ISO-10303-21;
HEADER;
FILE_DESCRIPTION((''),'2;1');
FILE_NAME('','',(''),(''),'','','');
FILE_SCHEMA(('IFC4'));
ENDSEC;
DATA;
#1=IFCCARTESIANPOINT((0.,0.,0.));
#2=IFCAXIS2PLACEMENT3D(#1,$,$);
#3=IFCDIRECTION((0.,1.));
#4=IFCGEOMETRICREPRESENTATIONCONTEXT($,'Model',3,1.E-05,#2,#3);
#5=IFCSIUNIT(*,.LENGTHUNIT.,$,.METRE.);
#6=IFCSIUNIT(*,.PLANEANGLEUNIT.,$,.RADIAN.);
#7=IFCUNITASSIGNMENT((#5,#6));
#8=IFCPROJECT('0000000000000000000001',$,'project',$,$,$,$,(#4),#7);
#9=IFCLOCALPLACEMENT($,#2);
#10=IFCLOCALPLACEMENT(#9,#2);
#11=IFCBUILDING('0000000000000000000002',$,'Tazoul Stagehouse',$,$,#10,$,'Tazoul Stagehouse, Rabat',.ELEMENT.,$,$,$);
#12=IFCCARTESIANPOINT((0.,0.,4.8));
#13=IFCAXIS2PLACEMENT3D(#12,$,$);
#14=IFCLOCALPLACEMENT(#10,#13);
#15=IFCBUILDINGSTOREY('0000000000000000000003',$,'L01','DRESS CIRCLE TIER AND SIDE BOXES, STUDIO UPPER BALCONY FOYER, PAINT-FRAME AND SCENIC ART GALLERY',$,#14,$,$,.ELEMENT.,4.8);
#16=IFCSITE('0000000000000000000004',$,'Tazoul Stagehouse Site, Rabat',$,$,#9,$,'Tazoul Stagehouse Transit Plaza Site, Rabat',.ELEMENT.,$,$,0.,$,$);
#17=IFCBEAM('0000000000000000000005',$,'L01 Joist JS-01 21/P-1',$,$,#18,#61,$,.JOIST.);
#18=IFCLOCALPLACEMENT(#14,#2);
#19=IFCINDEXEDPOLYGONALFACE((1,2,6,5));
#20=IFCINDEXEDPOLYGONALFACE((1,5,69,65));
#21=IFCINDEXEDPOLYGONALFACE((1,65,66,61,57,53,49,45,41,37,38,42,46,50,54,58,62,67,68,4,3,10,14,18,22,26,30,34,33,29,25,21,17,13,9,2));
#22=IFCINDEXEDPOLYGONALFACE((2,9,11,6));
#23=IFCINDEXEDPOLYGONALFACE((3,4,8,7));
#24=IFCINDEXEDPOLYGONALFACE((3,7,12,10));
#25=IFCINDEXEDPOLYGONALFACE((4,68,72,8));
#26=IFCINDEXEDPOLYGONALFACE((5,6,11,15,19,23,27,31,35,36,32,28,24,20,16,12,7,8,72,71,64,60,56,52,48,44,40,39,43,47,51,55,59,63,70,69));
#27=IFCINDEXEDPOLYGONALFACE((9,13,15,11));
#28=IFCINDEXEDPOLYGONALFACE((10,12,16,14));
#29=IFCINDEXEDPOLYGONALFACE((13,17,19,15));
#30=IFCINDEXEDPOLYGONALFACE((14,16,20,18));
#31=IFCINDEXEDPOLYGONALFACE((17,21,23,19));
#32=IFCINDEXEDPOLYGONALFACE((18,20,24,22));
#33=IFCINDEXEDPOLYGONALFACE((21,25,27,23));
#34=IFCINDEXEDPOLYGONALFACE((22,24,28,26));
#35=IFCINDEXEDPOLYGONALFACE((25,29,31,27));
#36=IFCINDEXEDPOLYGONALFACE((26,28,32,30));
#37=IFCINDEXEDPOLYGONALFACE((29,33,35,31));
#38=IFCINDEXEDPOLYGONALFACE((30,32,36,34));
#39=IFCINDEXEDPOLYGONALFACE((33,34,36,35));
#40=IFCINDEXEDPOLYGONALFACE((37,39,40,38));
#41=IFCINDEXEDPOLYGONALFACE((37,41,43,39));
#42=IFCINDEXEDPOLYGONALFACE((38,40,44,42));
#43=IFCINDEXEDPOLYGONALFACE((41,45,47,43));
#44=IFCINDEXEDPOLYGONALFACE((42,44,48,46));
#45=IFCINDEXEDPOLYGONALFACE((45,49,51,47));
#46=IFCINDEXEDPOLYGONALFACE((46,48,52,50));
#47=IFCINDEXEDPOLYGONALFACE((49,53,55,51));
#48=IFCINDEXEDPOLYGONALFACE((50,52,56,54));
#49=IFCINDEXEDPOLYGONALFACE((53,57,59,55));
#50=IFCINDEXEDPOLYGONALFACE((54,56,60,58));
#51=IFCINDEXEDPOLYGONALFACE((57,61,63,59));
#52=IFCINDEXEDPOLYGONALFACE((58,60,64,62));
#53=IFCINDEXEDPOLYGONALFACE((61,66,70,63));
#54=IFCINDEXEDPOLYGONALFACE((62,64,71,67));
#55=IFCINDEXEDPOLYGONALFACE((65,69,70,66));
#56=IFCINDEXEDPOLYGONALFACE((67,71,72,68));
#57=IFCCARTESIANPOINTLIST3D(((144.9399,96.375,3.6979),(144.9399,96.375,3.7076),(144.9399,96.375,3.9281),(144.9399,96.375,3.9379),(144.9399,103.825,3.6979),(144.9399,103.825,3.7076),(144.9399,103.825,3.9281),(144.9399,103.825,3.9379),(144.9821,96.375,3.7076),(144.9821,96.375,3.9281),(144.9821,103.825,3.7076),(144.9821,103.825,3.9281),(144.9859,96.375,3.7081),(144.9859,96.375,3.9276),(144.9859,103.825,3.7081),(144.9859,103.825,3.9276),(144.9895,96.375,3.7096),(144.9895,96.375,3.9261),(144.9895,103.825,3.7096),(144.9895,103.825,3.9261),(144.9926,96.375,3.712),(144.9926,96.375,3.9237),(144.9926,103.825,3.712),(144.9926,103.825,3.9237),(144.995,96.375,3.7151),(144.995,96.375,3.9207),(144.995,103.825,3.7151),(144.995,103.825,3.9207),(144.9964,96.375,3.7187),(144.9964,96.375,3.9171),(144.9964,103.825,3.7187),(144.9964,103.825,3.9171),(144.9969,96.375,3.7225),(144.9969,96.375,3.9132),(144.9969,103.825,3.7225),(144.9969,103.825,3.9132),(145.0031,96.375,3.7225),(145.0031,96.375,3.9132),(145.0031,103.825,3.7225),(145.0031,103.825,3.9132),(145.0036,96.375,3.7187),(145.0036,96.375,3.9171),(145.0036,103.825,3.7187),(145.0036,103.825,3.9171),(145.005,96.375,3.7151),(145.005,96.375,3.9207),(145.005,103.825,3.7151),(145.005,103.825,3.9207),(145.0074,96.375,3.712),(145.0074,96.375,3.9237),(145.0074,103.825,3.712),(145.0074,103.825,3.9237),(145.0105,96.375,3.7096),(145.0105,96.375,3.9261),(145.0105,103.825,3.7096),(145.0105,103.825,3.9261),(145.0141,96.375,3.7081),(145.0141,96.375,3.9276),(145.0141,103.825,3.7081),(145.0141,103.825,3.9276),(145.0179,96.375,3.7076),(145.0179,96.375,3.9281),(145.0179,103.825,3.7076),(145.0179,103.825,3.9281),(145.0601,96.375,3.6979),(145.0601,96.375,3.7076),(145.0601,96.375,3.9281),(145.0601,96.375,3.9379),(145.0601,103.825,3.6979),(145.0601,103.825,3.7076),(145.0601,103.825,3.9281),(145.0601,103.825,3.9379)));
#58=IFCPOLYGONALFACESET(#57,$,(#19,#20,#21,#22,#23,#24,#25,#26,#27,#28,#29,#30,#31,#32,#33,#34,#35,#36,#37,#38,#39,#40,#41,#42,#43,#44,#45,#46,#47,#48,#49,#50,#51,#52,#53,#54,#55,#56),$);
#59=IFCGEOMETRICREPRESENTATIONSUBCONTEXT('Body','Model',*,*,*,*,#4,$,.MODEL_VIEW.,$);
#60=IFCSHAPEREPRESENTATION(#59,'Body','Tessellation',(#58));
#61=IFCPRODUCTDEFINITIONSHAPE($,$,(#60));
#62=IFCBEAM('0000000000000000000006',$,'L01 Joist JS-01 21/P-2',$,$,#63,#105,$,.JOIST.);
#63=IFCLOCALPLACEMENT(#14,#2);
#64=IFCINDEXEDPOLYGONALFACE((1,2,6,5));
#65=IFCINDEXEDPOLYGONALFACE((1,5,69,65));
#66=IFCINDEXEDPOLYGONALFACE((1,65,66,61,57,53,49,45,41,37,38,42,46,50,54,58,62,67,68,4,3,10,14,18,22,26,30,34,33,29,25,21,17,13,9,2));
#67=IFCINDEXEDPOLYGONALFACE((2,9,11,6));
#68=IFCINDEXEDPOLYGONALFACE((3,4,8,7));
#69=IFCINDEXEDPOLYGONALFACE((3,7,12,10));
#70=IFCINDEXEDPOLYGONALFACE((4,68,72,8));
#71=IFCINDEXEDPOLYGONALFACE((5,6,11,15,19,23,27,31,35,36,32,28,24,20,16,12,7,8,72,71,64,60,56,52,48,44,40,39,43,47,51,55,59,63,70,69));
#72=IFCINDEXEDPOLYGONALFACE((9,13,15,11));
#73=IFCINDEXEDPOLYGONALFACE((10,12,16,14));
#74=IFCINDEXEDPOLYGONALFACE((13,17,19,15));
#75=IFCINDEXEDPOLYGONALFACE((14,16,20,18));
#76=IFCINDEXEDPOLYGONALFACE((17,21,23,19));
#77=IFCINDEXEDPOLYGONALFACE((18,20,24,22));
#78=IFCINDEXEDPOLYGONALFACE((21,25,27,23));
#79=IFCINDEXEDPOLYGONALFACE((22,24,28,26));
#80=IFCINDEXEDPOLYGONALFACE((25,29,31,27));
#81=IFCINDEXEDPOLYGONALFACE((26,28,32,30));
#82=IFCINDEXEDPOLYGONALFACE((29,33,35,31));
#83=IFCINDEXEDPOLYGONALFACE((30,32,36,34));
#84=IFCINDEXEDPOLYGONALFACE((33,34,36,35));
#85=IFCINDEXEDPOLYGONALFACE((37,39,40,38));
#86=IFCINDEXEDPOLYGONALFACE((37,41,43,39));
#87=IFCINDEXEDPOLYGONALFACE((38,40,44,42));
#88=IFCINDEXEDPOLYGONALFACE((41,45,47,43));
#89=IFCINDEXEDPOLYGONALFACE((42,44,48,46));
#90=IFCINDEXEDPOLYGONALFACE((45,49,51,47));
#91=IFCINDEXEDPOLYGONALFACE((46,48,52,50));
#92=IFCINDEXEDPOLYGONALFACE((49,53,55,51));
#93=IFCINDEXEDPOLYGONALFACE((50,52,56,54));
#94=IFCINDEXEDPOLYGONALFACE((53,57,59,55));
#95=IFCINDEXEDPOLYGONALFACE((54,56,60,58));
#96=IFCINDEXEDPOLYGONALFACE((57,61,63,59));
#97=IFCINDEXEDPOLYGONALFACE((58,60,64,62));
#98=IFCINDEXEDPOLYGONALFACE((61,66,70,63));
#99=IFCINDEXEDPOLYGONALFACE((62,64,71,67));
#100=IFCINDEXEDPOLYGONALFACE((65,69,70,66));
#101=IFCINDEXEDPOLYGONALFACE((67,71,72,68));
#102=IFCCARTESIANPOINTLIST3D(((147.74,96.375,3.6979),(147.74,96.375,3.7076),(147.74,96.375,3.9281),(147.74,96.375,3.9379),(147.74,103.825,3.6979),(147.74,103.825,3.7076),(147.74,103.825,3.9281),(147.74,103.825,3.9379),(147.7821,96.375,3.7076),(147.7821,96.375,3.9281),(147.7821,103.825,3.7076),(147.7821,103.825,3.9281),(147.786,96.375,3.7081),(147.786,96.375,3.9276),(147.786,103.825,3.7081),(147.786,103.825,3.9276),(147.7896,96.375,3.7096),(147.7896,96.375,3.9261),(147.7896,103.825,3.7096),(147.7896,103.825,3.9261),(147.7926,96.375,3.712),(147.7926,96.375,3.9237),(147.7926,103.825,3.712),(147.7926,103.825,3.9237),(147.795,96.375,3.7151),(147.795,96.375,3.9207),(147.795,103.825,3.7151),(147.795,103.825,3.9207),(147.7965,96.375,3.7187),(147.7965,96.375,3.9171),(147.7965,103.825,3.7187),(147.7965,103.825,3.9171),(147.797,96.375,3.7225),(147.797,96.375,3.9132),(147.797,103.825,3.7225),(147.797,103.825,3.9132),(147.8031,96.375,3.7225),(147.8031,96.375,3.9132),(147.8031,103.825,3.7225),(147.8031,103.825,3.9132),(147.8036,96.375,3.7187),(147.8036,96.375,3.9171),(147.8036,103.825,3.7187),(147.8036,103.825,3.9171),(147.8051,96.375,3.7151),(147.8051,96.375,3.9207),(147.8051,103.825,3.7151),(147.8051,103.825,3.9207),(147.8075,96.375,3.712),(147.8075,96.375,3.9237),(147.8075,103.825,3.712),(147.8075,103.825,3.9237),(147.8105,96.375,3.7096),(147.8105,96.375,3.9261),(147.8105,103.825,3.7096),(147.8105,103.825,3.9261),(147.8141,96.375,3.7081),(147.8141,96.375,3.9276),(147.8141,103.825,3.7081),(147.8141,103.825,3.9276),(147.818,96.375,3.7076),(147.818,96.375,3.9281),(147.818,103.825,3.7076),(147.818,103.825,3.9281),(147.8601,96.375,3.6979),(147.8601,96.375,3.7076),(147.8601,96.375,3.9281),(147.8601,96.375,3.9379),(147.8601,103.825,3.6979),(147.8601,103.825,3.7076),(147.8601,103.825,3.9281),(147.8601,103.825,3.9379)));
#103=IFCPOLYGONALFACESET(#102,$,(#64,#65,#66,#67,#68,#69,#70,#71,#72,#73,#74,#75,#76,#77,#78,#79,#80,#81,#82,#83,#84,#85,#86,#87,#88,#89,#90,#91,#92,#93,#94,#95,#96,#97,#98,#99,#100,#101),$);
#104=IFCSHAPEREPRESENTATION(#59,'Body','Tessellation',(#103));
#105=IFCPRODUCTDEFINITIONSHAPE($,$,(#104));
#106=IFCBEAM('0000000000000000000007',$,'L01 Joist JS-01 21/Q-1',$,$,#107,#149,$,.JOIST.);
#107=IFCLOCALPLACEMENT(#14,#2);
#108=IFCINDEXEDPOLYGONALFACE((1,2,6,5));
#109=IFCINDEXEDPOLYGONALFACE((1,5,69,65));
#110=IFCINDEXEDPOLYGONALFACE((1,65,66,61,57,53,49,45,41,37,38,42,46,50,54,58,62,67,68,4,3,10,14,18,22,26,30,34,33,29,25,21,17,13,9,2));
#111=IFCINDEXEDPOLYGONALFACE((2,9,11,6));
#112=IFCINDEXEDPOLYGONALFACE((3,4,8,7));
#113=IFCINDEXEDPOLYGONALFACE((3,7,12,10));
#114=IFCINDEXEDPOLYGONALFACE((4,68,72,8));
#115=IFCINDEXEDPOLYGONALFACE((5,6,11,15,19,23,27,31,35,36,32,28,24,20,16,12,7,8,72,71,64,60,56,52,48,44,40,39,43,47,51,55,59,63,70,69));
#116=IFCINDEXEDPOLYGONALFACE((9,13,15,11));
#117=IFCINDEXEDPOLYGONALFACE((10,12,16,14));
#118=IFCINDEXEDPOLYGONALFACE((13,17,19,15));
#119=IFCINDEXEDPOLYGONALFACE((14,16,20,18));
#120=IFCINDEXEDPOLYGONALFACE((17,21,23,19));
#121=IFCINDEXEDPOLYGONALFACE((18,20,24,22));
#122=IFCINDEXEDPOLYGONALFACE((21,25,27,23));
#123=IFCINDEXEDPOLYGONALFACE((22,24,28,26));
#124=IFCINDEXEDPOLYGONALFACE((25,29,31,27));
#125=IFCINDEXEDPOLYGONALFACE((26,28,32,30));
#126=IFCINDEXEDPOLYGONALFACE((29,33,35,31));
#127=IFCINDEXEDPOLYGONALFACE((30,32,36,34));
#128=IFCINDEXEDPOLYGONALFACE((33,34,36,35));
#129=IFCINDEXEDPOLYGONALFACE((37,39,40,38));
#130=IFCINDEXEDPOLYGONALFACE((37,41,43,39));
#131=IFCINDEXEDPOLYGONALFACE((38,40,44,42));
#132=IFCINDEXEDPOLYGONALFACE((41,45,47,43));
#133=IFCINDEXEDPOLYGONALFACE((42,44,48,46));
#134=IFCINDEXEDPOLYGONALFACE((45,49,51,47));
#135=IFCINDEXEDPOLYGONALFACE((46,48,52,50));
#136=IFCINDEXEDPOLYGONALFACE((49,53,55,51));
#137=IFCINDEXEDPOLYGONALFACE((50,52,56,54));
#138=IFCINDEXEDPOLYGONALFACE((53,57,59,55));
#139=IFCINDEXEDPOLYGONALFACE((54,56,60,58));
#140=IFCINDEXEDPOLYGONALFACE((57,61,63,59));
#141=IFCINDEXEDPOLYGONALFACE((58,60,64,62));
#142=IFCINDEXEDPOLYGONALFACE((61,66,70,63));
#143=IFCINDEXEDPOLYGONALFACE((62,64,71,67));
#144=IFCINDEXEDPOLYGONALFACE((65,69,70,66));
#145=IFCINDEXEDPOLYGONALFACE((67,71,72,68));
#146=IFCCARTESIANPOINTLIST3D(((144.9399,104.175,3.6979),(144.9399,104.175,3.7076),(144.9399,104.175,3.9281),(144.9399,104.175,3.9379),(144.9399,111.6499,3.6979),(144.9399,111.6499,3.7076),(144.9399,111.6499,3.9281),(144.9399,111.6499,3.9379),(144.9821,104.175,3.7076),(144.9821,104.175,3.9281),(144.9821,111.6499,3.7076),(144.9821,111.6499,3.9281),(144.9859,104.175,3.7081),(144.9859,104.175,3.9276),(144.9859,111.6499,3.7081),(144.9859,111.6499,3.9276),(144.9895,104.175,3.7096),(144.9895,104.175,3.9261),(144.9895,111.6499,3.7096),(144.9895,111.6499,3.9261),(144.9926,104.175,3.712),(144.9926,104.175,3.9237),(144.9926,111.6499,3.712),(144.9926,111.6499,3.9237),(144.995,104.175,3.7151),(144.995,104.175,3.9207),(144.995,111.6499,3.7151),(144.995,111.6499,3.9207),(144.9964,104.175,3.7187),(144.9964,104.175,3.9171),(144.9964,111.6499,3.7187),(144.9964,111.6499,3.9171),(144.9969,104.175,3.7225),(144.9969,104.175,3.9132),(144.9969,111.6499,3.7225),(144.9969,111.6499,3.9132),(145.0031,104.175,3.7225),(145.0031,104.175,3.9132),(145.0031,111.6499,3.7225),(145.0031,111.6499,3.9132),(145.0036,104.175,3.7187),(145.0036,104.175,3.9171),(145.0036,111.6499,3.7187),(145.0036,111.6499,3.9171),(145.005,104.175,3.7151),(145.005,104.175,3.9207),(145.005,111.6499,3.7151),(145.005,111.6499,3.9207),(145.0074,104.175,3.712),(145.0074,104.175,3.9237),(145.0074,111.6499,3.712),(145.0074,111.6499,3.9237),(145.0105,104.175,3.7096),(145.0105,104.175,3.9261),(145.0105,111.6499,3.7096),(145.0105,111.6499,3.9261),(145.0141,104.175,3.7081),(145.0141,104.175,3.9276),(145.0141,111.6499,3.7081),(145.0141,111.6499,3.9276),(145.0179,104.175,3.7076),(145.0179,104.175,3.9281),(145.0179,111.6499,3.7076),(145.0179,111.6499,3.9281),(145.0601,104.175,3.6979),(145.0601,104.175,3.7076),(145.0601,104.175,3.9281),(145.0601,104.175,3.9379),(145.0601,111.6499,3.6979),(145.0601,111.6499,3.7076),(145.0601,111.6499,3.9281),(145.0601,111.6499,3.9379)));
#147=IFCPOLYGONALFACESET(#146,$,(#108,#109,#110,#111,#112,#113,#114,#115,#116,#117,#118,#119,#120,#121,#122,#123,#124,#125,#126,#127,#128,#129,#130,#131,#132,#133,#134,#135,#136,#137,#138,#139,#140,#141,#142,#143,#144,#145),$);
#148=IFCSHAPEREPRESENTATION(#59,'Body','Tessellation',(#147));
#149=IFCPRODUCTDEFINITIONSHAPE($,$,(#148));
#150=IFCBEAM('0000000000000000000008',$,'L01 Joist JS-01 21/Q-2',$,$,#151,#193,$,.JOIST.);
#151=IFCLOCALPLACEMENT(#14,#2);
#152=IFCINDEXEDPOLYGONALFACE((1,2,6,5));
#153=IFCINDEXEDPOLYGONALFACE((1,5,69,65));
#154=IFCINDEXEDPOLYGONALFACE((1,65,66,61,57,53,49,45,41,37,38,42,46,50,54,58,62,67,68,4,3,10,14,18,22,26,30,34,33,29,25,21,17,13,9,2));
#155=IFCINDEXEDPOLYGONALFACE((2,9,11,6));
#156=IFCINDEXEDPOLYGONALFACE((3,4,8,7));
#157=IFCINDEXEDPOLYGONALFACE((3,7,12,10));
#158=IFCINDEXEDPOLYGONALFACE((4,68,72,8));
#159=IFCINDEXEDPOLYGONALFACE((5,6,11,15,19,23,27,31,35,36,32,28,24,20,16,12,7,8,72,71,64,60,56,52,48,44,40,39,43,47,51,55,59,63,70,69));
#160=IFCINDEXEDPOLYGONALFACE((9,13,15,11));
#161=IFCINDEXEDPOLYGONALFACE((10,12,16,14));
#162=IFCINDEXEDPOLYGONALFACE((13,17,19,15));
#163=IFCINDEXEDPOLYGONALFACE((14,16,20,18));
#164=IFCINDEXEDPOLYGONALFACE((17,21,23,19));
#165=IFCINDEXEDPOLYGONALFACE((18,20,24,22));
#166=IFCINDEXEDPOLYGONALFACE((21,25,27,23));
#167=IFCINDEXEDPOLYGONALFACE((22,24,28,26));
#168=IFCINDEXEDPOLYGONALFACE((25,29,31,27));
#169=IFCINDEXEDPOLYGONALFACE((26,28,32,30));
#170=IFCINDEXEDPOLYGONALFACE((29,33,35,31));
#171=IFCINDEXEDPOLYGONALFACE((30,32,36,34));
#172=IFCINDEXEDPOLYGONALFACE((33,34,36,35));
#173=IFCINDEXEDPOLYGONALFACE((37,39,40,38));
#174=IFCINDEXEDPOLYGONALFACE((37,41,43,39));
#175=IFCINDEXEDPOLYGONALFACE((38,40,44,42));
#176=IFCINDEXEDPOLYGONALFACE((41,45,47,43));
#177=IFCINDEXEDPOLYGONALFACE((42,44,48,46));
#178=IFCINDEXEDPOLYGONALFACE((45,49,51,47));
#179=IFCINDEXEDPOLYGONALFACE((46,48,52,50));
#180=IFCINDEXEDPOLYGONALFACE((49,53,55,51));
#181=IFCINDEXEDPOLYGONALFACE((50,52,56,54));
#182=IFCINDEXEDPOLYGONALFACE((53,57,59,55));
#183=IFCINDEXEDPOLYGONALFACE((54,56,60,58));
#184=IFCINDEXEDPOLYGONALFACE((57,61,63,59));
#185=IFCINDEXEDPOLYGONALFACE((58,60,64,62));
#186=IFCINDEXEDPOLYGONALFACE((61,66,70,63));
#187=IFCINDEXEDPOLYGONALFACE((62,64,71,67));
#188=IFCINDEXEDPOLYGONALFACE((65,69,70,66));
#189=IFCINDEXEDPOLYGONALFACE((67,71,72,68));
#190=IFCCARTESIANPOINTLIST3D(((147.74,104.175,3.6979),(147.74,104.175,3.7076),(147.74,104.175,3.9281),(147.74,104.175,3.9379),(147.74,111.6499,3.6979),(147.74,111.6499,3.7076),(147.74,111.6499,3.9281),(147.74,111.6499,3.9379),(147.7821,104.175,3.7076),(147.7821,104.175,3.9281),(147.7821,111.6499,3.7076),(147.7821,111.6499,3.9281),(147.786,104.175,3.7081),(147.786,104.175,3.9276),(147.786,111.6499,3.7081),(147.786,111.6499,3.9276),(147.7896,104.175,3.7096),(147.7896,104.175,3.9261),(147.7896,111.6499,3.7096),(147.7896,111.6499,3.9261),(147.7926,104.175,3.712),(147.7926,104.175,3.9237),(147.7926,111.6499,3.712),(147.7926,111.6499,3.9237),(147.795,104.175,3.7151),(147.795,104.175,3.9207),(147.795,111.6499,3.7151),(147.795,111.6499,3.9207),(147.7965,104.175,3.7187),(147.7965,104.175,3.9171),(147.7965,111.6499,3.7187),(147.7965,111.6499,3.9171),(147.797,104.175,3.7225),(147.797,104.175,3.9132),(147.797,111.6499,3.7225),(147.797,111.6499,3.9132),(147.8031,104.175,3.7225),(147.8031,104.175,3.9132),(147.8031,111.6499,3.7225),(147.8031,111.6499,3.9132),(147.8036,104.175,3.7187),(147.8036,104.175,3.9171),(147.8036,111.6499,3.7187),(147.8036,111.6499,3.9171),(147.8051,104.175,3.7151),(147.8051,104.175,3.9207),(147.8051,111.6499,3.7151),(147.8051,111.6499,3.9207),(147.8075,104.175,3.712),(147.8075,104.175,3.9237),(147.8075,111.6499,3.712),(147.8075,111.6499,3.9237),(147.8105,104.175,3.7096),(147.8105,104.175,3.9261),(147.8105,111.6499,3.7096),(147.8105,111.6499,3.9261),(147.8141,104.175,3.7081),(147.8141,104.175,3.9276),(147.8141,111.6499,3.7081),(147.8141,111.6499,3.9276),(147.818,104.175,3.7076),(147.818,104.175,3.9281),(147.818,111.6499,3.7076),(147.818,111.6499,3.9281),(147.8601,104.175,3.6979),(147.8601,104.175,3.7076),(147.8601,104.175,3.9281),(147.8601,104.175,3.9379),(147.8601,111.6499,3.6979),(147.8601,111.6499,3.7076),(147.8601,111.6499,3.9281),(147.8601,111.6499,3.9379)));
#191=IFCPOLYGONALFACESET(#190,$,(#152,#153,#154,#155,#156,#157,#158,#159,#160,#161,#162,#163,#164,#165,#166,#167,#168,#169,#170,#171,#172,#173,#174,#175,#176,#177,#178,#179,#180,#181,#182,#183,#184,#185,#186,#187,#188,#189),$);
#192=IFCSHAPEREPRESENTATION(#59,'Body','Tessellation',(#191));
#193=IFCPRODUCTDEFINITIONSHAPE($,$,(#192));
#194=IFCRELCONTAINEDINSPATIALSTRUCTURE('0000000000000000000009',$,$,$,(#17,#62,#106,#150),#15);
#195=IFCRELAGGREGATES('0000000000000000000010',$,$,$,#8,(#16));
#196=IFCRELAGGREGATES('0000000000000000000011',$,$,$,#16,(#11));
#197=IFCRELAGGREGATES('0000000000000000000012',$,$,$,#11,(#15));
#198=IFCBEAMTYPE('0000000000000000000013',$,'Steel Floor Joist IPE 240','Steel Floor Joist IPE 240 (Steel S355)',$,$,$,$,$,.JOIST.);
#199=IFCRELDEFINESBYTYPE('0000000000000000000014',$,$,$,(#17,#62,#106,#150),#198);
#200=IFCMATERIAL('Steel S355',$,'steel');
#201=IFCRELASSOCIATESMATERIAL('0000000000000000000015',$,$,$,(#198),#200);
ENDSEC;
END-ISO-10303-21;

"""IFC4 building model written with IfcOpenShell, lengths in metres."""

from ifc_helpers import new_model, si_unit, direction, frame, origin, origin_2d, place, context, subcontext, project, spatial, i_section, extrude, material, material_profile, profile_set, type_object, element, save


model = new_model("IFC4")

# Units and contexts
model_context = context("Model", 3, precision=1e-05, world=origin(), true_north=direction((0.0, 1.0)))
body_context = subcontext(model_context, "Body", "Model", "MODEL_VIEW")
ifc_project = project(units=[si_unit("LENGTHUNIT", "METRE"), si_unit("PLANEANGLEUNIT", "RADIAN")], contexts=[model_context])

# Site, building, storey
site_placement = place(None, origin())
site = spatial("IfcSite", under=ifc_project, at=site_placement, Name="Tazoul Stagehouse Site, Rabat", LongName="Tazoul Stagehouse Transit Plaza Site, Rabat", CompositionType="ELEMENT", RefElevation=0.0)
building_placement = place(site_placement, origin())
building = spatial("IfcBuilding", under=site, at=building_placement, Name="Tazoul Stagehouse", LongName="Tazoul Stagehouse, Rabat", CompositionType="ELEMENT")
storey_placement = place(building_placement, frame((0.0, 0.0, 4.8)))
storey = spatial("IfcBuildingStorey", under=building, at=storey_placement, Name="L01", Description="DRESS CIRCLE TIER AND SIDE BOXES, STUDIO UPPER BALCONY FOYER, PAINT-FRAME AND SCENIC ART GALLERY", CompositionType="ELEMENT", Elevation=4.8)

# Beams
ifc_material_1 = material(Name="Steel S355", Category="steel")
ifc_material_profile_1 = material_profile(ifc_material_1, i_section(OverallWidth=0.1201, OverallDepth=0.24, WebThickness=0.0061, FlangeThickness=0.0098, FilletRadius=0.0149, at=origin_2d()), Name="IPE 240")
ifc_profile_set_1 = profile_set([ifc_material_profile_1], Name="Steel S355")
beam_type_1 = type_object("IfcBeamType", Name="Steel Floor Joist IPE 240", Description="Steel Floor Joist IPE 240 (Steel S355)", PredefinedType="JOIST", material=ifc_profile_set_1)
for number, where, z_axis, x_axis, name in (
    (1, (145.0, 96.375, 3.8179), (0.0, 1.0, 0.0), (-1.0, 0.0, 0.0), "L01 Joist JS-01 21/P-1"),
    (2, (147.8, 96.375, 3.8179), (0.0, 1.0, 0.0), (-1.0, 0.0, 0.0), "L01 Joist JS-01 21/P-2"),
):
    element("IfcBeam", number, at=place(storey_placement, frame(where, z_axis=z_axis, x_axis=x_axis)), inside=storey, type_object=beam_type_1, Name=name, PredefinedType="JOIST", context=body_context, shape_type="SweptSolid", body=[
        extrude(i_section(OverallWidth=0.1201, OverallDepth=0.24, WebThickness=0.0061, FlangeThickness=0.0098, FilletRadius=0.0149, at=origin_2d()), origin(), (0.0, 0.0, 1.0), 7.45),
    ])
for number, where, z_axis, x_axis, name in (
    (3, (145.0, 104.175, 3.8179), (0.0, 1.0, 0.0), (-1.0, 0.0, 0.0), "L01 Joist JS-01 21/Q-1"),
    (4, (147.8, 104.175, 3.8179), (0.0, 1.0, 0.0), (-1.0, 0.0, 0.0), "L01 Joist JS-01 21/Q-2"),
):
    element("IfcBeam", number, at=place(storey_placement, frame(where, z_axis=z_axis, x_axis=x_axis)), inside=storey, type_object=beam_type_1, Name=name, PredefinedType="JOIST", context=body_context, shape_type="SweptSolid", body=[
        extrude(i_section(OverallWidth=0.1201, OverallDepth=0.24, WebThickness=0.0061, FlangeThickness=0.0098, FilletRadius=0.0149, at=origin_2d()), origin(), (0.0, 0.0, 1.0), 7.4749),
    ])

save(model, "model.ifc")
